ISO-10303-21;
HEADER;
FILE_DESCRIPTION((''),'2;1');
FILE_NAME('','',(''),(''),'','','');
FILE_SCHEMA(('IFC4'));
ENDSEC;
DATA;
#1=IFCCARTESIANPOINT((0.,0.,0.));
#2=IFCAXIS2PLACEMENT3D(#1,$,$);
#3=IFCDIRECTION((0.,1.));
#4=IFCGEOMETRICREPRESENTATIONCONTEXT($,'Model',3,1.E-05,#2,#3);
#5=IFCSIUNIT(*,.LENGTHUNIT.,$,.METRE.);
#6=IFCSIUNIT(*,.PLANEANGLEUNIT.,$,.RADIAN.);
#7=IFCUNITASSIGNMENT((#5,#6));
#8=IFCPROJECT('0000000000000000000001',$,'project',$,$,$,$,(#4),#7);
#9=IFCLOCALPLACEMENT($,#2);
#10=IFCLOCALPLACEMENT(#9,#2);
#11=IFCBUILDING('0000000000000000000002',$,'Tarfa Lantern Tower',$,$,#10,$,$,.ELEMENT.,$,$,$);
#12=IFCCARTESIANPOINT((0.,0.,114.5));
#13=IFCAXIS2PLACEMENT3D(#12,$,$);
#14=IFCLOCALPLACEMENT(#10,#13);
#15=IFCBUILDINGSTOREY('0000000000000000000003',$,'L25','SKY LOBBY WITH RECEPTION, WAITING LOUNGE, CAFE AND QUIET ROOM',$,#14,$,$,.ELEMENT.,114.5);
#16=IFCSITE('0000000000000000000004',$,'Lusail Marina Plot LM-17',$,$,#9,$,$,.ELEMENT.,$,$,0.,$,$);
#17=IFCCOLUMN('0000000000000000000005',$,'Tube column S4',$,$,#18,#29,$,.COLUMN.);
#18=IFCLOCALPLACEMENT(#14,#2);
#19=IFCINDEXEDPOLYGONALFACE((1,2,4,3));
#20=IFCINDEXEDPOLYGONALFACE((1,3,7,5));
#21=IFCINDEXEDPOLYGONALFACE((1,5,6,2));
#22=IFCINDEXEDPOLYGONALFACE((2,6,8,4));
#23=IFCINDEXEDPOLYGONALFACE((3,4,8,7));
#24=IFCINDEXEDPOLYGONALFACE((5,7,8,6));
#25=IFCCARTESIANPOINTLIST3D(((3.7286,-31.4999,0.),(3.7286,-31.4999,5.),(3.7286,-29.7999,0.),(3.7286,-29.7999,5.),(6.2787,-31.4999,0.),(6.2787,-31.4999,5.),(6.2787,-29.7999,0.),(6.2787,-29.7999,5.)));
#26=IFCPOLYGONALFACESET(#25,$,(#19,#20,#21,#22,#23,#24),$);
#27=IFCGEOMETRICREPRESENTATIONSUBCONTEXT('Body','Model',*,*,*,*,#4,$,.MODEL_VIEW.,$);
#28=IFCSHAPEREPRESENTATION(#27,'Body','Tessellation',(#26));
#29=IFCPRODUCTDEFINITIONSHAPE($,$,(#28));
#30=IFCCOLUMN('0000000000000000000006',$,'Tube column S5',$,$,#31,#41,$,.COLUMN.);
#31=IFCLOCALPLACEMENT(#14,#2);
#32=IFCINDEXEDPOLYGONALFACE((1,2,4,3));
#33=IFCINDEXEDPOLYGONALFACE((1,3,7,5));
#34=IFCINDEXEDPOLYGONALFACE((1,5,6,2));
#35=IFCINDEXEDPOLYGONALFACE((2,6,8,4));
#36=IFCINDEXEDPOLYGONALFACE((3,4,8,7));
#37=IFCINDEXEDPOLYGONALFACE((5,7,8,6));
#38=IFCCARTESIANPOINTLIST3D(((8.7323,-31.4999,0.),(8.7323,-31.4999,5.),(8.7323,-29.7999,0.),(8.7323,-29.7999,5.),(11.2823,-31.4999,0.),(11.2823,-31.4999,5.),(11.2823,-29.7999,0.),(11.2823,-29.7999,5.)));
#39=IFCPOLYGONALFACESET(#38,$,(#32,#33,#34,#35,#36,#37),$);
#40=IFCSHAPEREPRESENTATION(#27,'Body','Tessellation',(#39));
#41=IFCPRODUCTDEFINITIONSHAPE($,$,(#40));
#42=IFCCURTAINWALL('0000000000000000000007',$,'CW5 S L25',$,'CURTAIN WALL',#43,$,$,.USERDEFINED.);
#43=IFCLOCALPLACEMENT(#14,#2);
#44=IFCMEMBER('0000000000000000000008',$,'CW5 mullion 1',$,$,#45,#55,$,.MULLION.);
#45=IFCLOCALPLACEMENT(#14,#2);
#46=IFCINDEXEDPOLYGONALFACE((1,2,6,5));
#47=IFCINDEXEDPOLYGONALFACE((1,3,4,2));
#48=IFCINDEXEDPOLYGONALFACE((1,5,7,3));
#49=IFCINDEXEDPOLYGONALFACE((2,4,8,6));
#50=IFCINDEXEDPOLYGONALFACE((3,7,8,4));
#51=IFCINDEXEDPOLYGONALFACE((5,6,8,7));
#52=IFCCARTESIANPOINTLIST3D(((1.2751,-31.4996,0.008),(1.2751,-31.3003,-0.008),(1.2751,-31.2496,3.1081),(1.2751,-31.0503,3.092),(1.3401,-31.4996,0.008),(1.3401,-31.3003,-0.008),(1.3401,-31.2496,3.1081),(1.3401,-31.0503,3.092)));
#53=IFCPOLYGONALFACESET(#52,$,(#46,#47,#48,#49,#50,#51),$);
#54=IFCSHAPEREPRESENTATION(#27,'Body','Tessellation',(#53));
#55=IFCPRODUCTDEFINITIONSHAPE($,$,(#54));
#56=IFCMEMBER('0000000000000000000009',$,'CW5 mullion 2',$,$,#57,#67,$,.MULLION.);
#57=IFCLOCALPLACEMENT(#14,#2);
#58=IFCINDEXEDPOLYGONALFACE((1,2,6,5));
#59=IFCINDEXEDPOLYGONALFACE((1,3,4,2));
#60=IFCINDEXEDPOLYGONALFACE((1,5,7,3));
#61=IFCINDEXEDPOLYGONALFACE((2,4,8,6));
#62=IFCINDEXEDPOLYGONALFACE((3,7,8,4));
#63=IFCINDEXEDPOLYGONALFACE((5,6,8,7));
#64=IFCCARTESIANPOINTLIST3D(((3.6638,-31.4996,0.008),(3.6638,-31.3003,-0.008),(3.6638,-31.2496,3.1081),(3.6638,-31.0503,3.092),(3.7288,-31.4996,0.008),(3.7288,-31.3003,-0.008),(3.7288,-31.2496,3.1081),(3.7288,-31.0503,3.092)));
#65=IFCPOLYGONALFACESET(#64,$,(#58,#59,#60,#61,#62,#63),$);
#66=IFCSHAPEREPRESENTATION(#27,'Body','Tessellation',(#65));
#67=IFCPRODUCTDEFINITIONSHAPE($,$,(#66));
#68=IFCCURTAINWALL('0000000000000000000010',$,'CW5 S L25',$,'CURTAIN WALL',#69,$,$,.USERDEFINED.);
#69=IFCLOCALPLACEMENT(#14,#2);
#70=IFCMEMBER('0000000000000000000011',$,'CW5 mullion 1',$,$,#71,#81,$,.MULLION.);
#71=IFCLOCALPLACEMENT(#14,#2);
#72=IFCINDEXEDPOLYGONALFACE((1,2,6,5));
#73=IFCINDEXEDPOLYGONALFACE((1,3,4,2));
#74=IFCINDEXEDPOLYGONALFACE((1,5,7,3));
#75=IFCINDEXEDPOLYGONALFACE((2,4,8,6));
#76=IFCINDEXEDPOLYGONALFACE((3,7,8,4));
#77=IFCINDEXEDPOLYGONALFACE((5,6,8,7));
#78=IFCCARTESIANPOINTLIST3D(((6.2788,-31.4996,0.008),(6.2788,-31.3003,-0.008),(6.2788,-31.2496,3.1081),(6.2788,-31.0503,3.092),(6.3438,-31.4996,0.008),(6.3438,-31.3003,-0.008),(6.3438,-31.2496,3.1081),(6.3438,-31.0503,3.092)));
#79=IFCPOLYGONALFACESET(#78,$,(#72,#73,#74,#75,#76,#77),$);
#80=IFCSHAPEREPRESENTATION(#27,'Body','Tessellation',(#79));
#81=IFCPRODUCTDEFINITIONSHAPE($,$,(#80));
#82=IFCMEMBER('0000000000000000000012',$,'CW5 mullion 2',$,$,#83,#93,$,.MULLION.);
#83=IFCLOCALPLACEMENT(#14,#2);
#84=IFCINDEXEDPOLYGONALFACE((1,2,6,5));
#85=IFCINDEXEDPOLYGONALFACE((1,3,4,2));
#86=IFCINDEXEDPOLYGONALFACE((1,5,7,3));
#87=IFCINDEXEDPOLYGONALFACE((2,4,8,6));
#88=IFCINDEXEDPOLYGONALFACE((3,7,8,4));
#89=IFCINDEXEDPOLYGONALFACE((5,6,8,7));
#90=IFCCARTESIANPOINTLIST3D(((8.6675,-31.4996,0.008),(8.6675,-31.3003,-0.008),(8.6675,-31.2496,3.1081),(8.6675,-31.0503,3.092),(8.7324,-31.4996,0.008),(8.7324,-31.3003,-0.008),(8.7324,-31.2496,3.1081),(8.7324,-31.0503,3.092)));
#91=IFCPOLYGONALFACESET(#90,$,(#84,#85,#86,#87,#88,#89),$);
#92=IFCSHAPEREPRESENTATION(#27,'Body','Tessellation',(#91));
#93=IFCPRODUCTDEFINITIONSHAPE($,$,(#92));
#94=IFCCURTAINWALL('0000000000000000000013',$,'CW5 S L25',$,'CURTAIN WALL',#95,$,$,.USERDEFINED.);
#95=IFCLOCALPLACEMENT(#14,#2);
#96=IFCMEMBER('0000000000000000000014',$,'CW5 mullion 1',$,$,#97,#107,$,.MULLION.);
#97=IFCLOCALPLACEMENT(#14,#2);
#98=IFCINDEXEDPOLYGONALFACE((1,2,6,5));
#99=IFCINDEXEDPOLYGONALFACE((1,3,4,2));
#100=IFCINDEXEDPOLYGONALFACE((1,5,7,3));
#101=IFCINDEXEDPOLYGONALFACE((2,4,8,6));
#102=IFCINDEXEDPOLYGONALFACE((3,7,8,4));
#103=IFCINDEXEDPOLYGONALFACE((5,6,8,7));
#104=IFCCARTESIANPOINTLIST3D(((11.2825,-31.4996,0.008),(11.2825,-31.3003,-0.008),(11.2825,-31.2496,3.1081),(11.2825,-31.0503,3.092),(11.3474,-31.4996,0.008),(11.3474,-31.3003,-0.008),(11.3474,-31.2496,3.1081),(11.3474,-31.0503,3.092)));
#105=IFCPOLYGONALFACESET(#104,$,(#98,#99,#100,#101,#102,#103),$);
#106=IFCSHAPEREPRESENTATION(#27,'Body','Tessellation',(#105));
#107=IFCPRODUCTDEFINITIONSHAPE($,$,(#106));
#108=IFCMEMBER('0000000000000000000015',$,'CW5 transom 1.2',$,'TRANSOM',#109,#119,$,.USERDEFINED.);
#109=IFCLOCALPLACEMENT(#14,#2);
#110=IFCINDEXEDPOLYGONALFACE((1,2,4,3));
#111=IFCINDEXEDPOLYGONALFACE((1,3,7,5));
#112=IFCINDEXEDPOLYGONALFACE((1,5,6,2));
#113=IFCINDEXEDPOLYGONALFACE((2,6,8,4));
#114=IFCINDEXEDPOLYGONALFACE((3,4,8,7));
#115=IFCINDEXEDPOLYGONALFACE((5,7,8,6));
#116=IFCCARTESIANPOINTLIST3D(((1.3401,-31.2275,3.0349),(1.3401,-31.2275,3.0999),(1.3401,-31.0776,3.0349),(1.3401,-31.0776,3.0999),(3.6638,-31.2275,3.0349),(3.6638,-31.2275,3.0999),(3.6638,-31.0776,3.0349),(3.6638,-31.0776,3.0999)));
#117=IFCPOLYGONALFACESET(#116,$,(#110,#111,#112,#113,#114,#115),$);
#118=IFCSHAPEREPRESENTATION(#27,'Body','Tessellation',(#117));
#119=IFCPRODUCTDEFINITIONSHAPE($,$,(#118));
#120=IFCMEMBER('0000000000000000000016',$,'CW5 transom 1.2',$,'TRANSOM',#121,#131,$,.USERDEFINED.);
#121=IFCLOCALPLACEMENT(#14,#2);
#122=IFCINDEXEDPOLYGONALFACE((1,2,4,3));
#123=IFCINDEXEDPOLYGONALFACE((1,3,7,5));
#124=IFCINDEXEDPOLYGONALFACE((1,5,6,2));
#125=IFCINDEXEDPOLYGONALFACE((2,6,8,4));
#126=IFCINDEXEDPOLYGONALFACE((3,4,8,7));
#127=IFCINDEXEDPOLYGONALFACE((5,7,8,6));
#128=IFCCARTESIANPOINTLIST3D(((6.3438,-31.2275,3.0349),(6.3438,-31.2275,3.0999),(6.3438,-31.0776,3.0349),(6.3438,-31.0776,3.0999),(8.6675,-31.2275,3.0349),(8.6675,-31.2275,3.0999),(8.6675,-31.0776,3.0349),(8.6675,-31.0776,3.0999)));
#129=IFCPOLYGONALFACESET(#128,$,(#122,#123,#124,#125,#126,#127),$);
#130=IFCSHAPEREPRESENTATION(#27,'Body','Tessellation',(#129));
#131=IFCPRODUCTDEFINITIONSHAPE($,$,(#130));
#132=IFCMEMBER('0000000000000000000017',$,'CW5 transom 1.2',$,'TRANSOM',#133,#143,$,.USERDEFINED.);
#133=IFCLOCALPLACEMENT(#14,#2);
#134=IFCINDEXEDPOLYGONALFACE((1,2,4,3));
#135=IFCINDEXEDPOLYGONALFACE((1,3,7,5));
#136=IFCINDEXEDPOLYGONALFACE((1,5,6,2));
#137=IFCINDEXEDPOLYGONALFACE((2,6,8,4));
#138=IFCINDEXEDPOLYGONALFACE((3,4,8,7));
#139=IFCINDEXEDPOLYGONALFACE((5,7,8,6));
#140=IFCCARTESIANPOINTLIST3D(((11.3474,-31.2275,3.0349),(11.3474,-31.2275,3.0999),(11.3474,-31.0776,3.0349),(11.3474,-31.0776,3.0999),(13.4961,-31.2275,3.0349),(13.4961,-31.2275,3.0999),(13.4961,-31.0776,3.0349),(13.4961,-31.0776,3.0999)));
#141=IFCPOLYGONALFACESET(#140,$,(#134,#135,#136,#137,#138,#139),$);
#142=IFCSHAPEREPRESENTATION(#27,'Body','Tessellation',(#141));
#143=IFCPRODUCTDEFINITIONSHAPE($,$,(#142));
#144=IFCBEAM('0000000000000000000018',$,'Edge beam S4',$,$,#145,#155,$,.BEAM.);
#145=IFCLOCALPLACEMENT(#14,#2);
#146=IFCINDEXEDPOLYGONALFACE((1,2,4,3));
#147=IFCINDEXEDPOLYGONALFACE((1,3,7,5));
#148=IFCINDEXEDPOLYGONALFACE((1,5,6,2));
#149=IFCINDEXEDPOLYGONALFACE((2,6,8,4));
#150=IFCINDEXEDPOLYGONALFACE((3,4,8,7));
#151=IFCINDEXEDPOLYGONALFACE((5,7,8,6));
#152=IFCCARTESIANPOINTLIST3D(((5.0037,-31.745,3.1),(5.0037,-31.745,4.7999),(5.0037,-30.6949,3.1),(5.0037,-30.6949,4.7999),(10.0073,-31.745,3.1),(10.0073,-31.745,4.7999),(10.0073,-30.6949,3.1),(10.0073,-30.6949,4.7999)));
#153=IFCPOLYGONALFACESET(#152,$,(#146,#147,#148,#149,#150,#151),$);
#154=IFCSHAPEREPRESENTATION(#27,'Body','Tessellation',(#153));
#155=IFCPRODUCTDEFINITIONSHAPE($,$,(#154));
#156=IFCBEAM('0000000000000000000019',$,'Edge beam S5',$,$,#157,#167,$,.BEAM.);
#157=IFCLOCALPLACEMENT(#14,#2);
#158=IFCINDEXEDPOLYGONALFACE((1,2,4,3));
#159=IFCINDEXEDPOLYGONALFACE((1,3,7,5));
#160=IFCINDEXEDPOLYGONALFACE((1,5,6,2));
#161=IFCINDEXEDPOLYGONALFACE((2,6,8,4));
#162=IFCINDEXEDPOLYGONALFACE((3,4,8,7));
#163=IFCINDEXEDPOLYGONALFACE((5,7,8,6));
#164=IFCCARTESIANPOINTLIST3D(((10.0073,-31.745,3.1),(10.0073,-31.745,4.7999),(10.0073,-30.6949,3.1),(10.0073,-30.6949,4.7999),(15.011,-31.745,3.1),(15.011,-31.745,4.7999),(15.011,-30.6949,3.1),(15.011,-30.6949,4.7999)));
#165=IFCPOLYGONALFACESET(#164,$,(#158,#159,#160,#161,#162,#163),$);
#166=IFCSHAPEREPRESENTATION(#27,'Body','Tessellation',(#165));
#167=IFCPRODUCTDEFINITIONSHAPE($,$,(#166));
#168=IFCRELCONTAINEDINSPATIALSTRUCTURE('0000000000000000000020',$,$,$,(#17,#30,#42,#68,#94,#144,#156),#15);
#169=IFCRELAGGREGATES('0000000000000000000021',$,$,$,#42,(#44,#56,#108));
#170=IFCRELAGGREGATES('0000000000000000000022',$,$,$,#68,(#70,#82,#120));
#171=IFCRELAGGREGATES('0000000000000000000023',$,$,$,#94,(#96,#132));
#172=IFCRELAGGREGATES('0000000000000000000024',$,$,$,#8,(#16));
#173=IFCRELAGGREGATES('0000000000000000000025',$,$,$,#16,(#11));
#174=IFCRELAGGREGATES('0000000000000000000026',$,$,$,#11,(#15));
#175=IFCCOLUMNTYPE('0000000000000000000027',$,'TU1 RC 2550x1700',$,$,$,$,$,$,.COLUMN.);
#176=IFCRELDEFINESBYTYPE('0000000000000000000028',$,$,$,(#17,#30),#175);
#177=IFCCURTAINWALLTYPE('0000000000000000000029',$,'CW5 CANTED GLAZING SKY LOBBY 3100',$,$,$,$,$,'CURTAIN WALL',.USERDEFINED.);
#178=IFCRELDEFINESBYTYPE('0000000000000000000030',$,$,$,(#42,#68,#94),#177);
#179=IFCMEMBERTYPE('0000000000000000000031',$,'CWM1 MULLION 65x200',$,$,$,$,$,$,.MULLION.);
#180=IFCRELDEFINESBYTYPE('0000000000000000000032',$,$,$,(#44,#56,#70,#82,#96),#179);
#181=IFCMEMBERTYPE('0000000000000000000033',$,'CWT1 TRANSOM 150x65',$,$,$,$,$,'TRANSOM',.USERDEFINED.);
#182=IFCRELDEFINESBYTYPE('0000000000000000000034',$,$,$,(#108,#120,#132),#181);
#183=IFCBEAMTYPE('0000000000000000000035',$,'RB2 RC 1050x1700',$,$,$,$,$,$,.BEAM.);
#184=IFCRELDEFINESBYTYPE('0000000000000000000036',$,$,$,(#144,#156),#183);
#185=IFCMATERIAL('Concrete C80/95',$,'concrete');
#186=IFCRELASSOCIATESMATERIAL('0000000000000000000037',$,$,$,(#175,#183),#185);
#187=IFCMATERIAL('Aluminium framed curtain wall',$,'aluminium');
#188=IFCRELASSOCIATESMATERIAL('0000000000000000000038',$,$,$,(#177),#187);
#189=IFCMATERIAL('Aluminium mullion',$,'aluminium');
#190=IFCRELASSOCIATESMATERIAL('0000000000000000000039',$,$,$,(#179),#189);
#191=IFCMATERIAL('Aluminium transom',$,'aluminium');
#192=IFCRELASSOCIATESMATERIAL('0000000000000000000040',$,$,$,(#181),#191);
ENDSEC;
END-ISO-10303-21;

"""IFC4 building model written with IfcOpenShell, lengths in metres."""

from ifc_helpers import new_model, si_unit, direction, frame, origin, origin_2d, place, context, subcontext, project, spatial, rectangle, extrude, material, material_profile, profile_set, type_object, element, aggregate, save


model = new_model("IFC4")

# Units and contexts
model_context = context("Model", 3, precision=1e-05, world=origin(), true_north=direction((0.0, 1.0)))
body_context = subcontext(model_context, "Body", "Model", "MODEL_VIEW")
ifc_project = project(units=[si_unit("LENGTHUNIT", "METRE"), si_unit("PLANEANGLEUNIT", "RADIAN")], contexts=[model_context])

# Site, building, storey
site_placement = place(None, origin())
site = spatial("IfcSite", under=ifc_project, at=site_placement, Name="Lusail Marina Plot LM-17", CompositionType="ELEMENT", RefElevation=0.0)
building_placement = place(site_placement, origin())
building = spatial("IfcBuilding", under=site, at=building_placement, Name="Tarfa Lantern Tower", CompositionType="ELEMENT")
storey_placement = place(building_placement, frame((0.0, 0.0, 114.5)))
storey = spatial("IfcBuildingStorey", under=building, at=storey_placement, Name="L25", Description="SKY LOBBY WITH RECEPTION, WAITING LOUNGE, CAFE AND QUIET ROOM", CompositionType="ELEMENT", Elevation=114.5)

# Columns
ifc_material_1 = material(Name="Concrete C80/95", Category="concrete")
ifc_material_profile_1 = material_profile(ifc_material_1, rectangle(XDim=2.55, YDim=1.7, at=origin_2d()), Name="RC 2550x1700")
ifc_profile_set_1 = profile_set([ifc_material_profile_1], Name="Concrete C80/95")
column_type = type_object("IfcColumnType", Name="TU1 RC 2550x1700", PredefinedType="COLUMN", material=ifc_profile_set_1)
for number, where, z_axis, x_axis, name in (
    (1, (5.0037, -30.6499, 0.0), (0.0, 0.0, 1.0), (1.0, 0.0, 0.0), "Tube column S4"),
    (2, (10.0073, -30.6499, 0.0), (0.0, 0.0, 1.0), (1.0, 0.0, 0.0), "Tube column S5"),
):
    element("IfcColumn", number, at=place(storey_placement, frame(where, z_axis=z_axis, x_axis=x_axis)), inside=storey, type_object=column_type, Name=name, PredefinedType="COLUMN", context=body_context, shape_type="SweptSolid", body=[
        extrude(rectangle(XDim=2.55, YDim=1.7, at=origin_2d()), origin(), (0.0, 0.0, 1.0), 5.0),
    ])

# Curtain walls, members
ifc_material_2 = material(Name="Aluminium framed curtain wall", Category="aluminium")
curtain_wall_type = type_object("IfcCurtainWallType", Name="CW5 CANTED GLAZING SKY LOBBY 3100", ElementType="CURTAIN WALL", PredefinedType="USERDEFINED", material=ifc_material_2)
curtain_wall_1_placement = place(storey_placement, origin())
curtain_wall_1 = element("IfcCurtainWall", 3, at=curtain_wall_1_placement, inside=storey, type_object=curtain_wall_type, Name="CW5 S L25", ObjectType="CURTAIN WALL", PredefinedType="USERDEFINED")
ifc_material_3 = material(Name="Aluminium mullion", Category="aluminium")
ifc_material_profile_2 = material_profile(ifc_material_3, rectangle(XDim=0.0649, YDim=0.2, at=origin_2d()), Name="AL MULLION 65x200")
ifc_profile_set_2 = profile_set([ifc_material_profile_2], Name="Aluminium mullion")
member_type_1 = type_object("IfcMemberType", Name="CWM1 MULLION 65x200", PredefinedType="MULLION", material=ifc_profile_set_2)
member_1_placement = place(storey_placement, frame((1.3076, -31.3999, 0.0), z_axis=(0.0, 0.080382, 0.996764), x_axis=(-1.0, 0.0, 0.0)))
member_1 = element("IfcMember", 4, at=member_1_placement, type_object=member_type_1, Name="CW5 mullion 1", PredefinedType="MULLION", context=body_context, shape_type="SweptSolid", body=[
    extrude(rectangle(XDim=0.0649, YDim=0.2, at=origin_2d()), origin(), (0.0, 0.0, 1.0), 3.1101),
])
member_2_placement = place(storey_placement, frame((3.6963, -31.3999, 0.0), z_axis=(0.0, 0.080382, 0.996764), x_axis=(-1.0, 0.0, 0.0)))
member_2 = element("IfcMember", 5, at=member_2_placement, type_object=member_type_1, Name="CW5 mullion 2", PredefinedType="MULLION", context=body_context, shape_type="SweptSolid", body=[
    extrude(rectangle(XDim=0.0649, YDim=0.2, at=origin_2d()), origin(), (0.0, 0.0, 1.0), 3.1101),
])
curtain_wall_2_placement = place(storey_placement, origin())
curtain_wall_2 = element("IfcCurtainWall", 6, at=curtain_wall_2_placement, inside=storey, type_object=curtain_wall_type, Name="CW5 S L25", ObjectType="CURTAIN WALL", PredefinedType="USERDEFINED")
member_3_placement = place(storey_placement, frame((6.3113, -31.3999, 0.0), z_axis=(0.0, 0.080382, 0.996764), x_axis=(-1.0, 0.0, 0.0)))
member_3 = element("IfcMember", 7, at=member_3_placement, type_object=member_type_1, Name="CW5 mullion 1", PredefinedType="MULLION", context=body_context, shape_type="SweptSolid", body=[
    extrude(rectangle(XDim=0.0649, YDim=0.2, at=origin_2d()), origin(), (0.0, 0.0, 1.0), 3.1101),
])
member_4_placement = place(storey_placement, frame((8.7, -31.3999, 0.0), z_axis=(0.0, 0.080382, 0.996764), x_axis=(-1.0, 0.0, 0.0)))
member_4 = element("IfcMember", 8, at=member_4_placement, type_object=member_type_1, Name="CW5 mullion 2", PredefinedType="MULLION", context=body_context, shape_type="SweptSolid", body=[
    extrude(rectangle(XDim=0.0649, YDim=0.2, at=origin_2d()), origin(), (0.0, 0.0, 1.0), 3.1101),
])

# Curtain wall, member
curtain_wall_3_placement = place(storey_placement, origin())
curtain_wall_3 = element("IfcCurtainWall", 9, at=curtain_wall_3_placement, inside=storey, type_object=curtain_wall_type, Name="CW5 S L25", ObjectType="CURTAIN WALL", PredefinedType="USERDEFINED")
member_5_placement = place(storey_placement, frame((11.3149, -31.3999, 0.0), z_axis=(0.0, 0.080382, 0.996764), x_axis=(-1.0, 0.0, 0.0)))
member_5 = element("IfcMember", 10, at=member_5_placement, type_object=member_type_1, Name="CW5 mullion 1", PredefinedType="MULLION", context=body_context, shape_type="SweptSolid", body=[
    extrude(rectangle(XDim=0.0649, YDim=0.2, at=origin_2d()), origin(), (0.0, 0.0, 1.0), 3.1101),
])

# Members
ifc_material_4 = material(Name="Aluminium transom", Category="aluminium")
ifc_material_profile_3 = material_profile(ifc_material_4, rectangle(XDim=0.1499, YDim=0.0649, at=origin_2d()), Name="AL TRANSOM 150x65")
ifc_profile_set_3 = profile_set([ifc_material_profile_3], Name="Aluminium transom")
member_type_2 = type_object("IfcMemberType", Name="CWT1 TRANSOM 150x65", ElementType="TRANSOM", PredefinedType="USERDEFINED", material=ifc_profile_set_3)
member_6_placement = place(storey_placement, frame((1.3401, -31.1526, 3.0674), z_axis=(1.0, 0.0, 0.0), x_axis=(0.0, 1.0, 0.0)))
member_6 = element("IfcMember", 11, at=member_6_placement, type_object=member_type_2, Name="CW5 transom 1.2", ObjectType="TRANSOM", PredefinedType="USERDEFINED", context=body_context, shape_type="SweptSolid", body=[
    extrude(rectangle(XDim=0.1499, YDim=0.0649, at=origin_2d()), origin(), (0.0, 0.0, 1.0), 2.3237),
])
member_7_placement = place(storey_placement, frame((6.3438, -31.1526, 3.0674), z_axis=(1.0, 0.0, 0.0), x_axis=(0.0, 1.0, 0.0)))
member_7 = element("IfcMember", 12, at=member_7_placement, type_object=member_type_2, Name="CW5 transom 1.2", ObjectType="TRANSOM", PredefinedType="USERDEFINED", context=body_context, shape_type="SweptSolid", body=[
    extrude(rectangle(XDim=0.1499, YDim=0.0649, at=origin_2d()), origin(), (0.0, 0.0, 1.0), 2.3237),
])
member_8_placement = place(storey_placement, frame((11.3474, -31.1526, 3.0674), z_axis=(1.0, 0.0, 0.0), x_axis=(0.0, 1.0, 0.0)))
member_8 = element("IfcMember", 13, at=member_8_placement, type_object=member_type_2, Name="CW5 transom 1.2", ObjectType="TRANSOM", PredefinedType="USERDEFINED", context=body_context, shape_type="SweptSolid", body=[
    extrude(rectangle(XDim=0.1499, YDim=0.0649, at=origin_2d()), origin(), (0.0, 0.0, 1.0), 2.1487),
])

# Beams
ifc_material_profile_4 = material_profile(ifc_material_1, rectangle(XDim=1.05, YDim=1.7, at=origin_2d()), Name="RC 1050x1700")
ifc_profile_set_4 = profile_set([ifc_material_profile_4], Name="Concrete C80/95")
beam_type_1 = type_object("IfcBeamType", Name="RB2 RC 1050x1700", PredefinedType="BEAM", material=ifc_profile_set_4)
for number, where, z_axis, x_axis, name in (
    (14, (5.0037, -31.22, 3.95), (1.0, 0.0, 0.0), (0.0, 1.0, 0.0), "Edge beam S4"),
    (15, (10.0073, -31.22, 3.95), (1.0, 0.0, 0.0), (0.0, 1.0, 0.0), "Edge beam S5"),
):
    element("IfcBeam", number, at=place(storey_placement, frame(where, z_axis=z_axis, x_axis=x_axis)), inside=storey, type_object=beam_type_1, Name=name, PredefinedType="BEAM", context=body_context, shape_type="SweptSolid", body=[
        extrude(rectangle(XDim=1.05, YDim=1.7, at=origin_2d()), origin(), (0.0, 0.0, 1.0), 5.0037),
    ])

aggregate(curtain_wall_1, [member_1, member_2, member_6])
aggregate(curtain_wall_2, [member_3, member_4, member_7])
aggregate(curtain_wall_3, [member_5, member_8])

save(model, "model.ifc")
